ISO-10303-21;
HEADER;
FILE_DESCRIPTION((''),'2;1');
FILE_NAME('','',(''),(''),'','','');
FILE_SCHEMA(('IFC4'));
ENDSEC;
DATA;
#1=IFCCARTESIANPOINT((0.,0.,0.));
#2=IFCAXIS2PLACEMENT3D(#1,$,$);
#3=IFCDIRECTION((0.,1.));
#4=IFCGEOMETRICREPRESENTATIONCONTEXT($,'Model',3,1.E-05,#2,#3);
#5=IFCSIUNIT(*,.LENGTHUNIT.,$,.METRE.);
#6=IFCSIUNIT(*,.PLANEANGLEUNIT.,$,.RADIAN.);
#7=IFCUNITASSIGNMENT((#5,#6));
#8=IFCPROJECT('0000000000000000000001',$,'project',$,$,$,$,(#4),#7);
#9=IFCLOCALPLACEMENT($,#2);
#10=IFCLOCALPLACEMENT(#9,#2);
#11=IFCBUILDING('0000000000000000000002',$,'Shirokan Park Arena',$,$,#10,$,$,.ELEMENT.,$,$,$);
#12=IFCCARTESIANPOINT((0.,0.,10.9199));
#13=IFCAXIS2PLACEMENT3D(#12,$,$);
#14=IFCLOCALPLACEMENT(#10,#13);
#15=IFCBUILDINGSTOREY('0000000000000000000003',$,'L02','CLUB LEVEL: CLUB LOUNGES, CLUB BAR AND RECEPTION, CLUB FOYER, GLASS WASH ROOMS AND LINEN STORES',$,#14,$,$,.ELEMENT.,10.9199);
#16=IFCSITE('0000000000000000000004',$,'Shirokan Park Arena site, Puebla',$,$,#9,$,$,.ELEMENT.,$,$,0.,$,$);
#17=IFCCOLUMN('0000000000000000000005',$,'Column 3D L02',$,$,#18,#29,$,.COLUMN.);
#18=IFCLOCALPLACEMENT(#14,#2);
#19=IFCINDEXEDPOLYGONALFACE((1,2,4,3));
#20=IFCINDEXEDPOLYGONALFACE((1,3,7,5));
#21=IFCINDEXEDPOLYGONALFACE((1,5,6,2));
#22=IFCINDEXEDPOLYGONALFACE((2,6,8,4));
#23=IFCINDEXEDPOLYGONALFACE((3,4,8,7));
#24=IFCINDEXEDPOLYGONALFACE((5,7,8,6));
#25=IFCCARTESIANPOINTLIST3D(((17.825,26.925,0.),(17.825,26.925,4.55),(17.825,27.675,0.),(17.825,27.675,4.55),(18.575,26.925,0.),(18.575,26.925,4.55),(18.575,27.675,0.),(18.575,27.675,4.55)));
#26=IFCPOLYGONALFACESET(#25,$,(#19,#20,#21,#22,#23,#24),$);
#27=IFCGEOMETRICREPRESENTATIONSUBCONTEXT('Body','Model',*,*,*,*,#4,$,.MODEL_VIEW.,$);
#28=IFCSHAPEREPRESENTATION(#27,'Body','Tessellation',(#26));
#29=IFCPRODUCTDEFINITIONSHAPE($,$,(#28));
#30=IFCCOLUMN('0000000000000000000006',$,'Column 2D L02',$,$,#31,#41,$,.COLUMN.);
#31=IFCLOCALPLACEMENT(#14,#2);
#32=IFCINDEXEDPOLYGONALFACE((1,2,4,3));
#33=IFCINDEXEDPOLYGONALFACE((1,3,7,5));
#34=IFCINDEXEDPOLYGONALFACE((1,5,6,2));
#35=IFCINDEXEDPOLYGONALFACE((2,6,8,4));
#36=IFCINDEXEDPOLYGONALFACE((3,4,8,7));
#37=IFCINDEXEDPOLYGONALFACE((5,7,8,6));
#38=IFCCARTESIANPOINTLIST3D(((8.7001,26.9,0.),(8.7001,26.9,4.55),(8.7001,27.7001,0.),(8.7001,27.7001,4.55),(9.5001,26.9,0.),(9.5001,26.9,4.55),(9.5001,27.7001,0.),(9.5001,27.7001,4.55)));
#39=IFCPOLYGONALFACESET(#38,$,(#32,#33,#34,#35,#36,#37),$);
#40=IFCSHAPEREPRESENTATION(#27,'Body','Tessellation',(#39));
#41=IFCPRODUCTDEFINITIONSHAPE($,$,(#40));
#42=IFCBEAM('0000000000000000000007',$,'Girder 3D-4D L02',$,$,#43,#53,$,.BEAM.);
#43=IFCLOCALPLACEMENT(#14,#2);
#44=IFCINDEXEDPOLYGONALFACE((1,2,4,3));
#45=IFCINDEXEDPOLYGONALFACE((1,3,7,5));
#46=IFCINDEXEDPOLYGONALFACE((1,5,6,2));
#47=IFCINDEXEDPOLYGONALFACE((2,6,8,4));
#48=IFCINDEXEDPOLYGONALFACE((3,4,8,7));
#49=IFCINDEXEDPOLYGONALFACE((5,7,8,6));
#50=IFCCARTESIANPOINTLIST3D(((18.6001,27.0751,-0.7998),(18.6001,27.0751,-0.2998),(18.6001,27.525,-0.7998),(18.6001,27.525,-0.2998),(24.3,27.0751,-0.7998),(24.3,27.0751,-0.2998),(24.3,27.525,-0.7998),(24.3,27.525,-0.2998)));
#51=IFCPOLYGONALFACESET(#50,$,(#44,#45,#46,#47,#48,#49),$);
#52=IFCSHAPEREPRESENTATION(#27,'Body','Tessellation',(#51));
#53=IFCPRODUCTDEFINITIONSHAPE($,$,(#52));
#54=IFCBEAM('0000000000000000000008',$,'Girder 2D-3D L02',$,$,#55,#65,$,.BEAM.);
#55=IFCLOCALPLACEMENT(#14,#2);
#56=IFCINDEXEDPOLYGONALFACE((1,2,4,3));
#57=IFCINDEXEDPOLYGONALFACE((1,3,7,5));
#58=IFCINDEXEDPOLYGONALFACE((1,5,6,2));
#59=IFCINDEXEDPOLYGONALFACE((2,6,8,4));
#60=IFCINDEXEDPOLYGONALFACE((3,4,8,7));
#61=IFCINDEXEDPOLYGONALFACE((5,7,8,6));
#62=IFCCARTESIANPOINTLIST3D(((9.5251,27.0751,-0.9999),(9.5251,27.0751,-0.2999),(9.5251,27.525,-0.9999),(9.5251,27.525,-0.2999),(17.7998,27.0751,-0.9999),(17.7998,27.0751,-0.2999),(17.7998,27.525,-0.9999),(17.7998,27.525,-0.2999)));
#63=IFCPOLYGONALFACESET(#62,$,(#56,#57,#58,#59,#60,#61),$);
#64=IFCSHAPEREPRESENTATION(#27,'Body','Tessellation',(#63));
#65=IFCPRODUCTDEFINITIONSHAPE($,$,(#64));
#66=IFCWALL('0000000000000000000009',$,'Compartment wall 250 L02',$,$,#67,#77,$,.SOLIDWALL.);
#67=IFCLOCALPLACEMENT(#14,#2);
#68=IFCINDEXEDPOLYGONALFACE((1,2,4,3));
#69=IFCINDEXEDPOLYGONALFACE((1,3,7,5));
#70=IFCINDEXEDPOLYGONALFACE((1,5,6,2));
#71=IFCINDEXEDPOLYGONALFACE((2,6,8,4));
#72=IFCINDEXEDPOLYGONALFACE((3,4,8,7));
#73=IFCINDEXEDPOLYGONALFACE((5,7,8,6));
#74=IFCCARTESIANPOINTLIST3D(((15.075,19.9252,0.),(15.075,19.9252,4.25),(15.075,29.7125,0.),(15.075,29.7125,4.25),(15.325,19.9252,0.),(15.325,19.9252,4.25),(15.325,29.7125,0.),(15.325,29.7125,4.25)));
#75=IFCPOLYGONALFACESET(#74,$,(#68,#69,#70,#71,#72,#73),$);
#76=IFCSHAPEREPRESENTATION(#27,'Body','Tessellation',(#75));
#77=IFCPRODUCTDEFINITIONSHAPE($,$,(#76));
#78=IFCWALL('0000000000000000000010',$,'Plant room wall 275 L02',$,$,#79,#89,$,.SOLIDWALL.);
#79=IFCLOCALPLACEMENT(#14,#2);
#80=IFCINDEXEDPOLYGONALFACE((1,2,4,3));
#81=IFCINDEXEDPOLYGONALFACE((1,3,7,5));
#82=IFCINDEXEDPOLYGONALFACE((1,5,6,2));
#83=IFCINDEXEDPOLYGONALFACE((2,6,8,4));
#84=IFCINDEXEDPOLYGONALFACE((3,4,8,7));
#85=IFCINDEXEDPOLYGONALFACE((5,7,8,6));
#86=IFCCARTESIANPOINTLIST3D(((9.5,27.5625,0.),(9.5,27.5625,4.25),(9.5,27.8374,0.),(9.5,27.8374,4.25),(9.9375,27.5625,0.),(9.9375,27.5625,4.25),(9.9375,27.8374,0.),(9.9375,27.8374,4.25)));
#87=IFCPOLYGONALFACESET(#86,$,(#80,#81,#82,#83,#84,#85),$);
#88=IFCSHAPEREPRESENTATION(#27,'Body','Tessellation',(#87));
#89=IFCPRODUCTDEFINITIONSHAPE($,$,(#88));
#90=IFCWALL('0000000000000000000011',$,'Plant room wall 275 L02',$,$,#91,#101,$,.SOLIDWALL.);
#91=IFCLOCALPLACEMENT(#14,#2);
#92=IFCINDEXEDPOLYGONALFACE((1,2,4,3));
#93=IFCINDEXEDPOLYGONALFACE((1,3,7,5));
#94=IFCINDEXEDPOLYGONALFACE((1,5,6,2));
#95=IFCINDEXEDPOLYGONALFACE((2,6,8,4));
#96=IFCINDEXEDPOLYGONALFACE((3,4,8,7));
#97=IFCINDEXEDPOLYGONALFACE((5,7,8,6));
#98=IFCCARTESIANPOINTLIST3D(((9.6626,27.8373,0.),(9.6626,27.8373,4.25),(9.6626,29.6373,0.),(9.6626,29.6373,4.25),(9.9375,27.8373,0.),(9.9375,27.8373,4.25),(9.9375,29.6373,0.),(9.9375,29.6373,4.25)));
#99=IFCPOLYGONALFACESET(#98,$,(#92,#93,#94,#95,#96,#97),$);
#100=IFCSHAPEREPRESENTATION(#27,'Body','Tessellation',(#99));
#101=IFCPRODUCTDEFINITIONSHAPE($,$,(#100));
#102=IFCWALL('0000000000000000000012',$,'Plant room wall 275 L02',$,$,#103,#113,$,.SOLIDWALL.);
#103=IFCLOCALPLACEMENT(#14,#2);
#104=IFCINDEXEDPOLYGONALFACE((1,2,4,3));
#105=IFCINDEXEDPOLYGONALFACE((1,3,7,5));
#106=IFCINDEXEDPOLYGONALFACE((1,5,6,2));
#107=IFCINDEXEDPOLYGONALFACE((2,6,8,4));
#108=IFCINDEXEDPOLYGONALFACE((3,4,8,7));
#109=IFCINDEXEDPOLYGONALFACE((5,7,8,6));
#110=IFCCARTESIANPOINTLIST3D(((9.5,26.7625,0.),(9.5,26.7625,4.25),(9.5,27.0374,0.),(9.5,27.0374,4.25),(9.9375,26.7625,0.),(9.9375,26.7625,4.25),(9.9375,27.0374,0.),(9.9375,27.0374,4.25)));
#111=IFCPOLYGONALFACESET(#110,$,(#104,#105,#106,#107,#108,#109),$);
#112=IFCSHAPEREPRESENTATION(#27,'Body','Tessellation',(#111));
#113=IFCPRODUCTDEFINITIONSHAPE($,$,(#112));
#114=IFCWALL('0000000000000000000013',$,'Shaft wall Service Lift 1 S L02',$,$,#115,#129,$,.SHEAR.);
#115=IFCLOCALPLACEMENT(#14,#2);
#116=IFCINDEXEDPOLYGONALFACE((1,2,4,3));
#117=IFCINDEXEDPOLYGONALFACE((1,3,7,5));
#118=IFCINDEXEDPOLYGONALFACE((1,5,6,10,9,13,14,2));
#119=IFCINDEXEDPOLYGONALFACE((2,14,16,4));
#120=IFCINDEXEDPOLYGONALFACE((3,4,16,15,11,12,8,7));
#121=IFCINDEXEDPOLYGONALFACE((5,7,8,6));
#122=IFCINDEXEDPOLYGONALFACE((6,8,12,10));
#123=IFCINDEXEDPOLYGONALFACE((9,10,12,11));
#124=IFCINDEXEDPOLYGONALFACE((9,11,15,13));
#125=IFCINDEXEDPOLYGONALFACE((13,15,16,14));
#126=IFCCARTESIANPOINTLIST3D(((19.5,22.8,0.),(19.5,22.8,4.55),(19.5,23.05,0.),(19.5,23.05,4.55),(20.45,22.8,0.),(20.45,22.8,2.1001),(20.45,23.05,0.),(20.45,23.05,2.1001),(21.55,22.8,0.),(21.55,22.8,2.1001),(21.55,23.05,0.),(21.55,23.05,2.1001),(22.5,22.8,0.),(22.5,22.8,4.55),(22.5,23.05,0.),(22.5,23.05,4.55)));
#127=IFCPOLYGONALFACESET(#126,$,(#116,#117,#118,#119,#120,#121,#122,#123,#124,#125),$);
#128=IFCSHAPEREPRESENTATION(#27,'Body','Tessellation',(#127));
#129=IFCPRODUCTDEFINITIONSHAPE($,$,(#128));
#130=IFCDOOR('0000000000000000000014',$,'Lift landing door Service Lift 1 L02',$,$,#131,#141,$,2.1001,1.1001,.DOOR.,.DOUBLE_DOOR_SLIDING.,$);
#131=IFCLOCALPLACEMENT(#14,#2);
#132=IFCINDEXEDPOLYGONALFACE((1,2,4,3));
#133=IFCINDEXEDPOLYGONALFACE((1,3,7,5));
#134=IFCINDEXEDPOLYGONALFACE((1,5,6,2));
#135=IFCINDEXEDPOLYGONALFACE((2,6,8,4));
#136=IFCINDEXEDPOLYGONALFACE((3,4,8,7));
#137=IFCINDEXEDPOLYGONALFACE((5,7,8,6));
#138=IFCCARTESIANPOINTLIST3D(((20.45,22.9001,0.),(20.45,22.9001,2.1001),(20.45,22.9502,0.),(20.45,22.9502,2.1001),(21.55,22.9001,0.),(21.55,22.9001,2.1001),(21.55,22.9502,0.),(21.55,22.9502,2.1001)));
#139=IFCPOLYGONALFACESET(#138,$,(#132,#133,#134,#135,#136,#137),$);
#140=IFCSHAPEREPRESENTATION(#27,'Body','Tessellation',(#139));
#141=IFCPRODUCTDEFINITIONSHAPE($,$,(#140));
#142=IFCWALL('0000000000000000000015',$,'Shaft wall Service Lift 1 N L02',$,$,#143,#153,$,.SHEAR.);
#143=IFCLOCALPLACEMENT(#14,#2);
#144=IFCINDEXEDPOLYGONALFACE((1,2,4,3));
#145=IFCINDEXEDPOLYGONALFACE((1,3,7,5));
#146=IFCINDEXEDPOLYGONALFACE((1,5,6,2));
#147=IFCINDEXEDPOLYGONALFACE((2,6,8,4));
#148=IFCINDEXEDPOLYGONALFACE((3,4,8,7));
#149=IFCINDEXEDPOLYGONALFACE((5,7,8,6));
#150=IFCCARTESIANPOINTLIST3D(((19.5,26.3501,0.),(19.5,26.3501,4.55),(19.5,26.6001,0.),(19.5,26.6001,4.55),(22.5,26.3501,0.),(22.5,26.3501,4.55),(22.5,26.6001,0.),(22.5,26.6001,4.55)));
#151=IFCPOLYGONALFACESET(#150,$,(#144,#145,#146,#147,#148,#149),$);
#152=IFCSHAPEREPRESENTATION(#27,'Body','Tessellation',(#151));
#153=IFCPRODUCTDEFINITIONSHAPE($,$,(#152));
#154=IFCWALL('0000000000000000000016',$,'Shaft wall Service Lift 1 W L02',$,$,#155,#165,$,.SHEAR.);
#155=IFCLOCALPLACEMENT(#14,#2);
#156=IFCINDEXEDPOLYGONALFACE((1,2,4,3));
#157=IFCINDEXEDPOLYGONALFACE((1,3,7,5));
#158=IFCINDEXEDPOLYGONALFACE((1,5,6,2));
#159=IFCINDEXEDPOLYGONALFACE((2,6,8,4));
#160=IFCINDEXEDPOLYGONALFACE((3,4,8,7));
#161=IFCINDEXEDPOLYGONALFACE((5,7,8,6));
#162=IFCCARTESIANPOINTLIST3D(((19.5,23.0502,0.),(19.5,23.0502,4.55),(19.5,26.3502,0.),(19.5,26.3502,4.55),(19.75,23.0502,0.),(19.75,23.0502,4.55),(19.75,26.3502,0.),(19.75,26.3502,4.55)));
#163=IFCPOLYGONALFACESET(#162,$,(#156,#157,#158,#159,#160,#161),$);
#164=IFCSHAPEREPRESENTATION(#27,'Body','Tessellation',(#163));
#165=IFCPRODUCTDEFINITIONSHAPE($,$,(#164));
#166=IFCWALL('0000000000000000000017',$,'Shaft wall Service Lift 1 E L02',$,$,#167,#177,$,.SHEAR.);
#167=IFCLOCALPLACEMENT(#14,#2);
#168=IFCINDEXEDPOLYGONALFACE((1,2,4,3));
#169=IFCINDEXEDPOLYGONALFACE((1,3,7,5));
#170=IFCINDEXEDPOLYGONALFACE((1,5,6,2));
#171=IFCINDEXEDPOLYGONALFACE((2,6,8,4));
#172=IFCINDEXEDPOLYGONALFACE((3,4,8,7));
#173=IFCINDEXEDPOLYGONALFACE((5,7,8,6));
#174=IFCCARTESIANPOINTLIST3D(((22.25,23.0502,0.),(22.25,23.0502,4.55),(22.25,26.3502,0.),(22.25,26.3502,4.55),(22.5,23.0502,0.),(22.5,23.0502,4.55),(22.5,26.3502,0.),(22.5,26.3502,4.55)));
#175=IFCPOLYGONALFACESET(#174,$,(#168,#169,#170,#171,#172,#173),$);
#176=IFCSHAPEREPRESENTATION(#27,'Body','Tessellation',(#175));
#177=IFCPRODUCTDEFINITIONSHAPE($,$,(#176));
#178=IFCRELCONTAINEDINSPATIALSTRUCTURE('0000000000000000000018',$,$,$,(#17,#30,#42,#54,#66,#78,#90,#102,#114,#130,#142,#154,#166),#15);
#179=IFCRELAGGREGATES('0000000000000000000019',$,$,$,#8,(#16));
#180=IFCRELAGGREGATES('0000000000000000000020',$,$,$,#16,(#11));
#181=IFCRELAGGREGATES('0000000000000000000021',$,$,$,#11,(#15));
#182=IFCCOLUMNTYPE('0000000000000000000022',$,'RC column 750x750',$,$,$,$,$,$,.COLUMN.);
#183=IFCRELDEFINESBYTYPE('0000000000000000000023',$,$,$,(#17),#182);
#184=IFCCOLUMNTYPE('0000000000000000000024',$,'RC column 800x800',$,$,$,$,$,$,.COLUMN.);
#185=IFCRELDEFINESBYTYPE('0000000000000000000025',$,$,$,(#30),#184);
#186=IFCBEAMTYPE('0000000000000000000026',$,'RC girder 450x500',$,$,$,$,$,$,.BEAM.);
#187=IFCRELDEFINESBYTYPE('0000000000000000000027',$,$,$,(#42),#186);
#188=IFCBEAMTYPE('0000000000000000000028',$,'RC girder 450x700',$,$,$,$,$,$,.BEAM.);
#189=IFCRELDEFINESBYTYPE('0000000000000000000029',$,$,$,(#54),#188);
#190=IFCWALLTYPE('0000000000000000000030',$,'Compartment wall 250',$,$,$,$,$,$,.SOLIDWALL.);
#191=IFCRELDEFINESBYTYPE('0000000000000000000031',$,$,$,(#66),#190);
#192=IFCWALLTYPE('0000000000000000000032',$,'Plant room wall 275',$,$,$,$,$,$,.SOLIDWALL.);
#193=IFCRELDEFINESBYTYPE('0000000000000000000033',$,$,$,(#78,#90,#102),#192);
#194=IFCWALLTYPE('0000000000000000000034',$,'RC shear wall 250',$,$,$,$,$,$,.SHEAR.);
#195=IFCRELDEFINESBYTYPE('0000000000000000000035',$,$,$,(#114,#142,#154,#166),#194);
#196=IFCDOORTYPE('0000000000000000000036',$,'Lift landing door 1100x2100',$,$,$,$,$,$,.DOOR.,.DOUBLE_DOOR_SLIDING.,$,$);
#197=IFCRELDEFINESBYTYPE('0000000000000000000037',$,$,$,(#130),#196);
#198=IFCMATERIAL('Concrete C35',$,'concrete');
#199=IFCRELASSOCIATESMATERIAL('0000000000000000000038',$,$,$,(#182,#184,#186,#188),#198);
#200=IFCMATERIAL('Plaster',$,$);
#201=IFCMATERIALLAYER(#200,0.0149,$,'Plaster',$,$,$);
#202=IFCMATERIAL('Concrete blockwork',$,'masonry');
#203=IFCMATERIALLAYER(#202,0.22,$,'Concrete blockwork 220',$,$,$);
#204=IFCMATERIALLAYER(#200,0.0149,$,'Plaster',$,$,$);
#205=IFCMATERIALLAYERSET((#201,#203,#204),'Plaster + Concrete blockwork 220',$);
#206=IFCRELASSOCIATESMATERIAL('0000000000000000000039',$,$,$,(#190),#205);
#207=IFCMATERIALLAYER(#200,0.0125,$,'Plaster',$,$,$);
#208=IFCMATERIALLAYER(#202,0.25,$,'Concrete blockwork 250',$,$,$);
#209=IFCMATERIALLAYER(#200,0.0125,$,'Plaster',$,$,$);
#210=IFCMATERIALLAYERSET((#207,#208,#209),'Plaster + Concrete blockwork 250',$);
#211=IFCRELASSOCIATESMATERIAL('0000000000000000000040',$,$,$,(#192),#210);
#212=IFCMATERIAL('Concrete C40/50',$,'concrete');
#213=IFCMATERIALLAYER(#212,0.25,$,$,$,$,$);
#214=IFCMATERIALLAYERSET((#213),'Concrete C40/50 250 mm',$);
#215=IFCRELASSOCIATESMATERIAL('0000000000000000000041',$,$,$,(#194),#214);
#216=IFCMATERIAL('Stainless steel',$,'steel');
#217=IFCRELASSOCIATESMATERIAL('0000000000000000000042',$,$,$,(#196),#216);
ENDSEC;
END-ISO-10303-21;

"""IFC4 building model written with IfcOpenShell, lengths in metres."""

from ifc_helpers import new_model, si_unit, direction, frame, frame_2d, origin, origin_2d, place, context, subcontext, project, spatial, rectangle, extrude, material, layer, layer_set, material_profile, profile_set, type_object, element, fill, save


model = new_model("IFC4")

# Units and contexts
model_context = context("Model", 3, precision=1e-05, world=origin(), true_north=direction((0.0, 1.0)))
body_context = subcontext(model_context, "Body", "Model", "MODEL_VIEW")
ifc_project = project(units=[si_unit("LENGTHUNIT", "METRE"), si_unit("PLANEANGLEUNIT", "RADIAN")], contexts=[model_context])

# Site, building, storey
site_placement = place(None, origin())
site = spatial("IfcSite", under=ifc_project, at=site_placement, Name="Shirokan Park Arena site, Puebla", CompositionType="ELEMENT", RefElevation=0.0)
building_placement = place(site_placement, origin())
building = spatial("IfcBuilding", under=site, at=building_placement, Name="Shirokan Park Arena", CompositionType="ELEMENT")
storey_placement = place(building_placement, frame((0.0, 0.0, 10.9199)))
storey = spatial("IfcBuildingStorey", under=building, at=storey_placement, Name="L02", Description="CLUB LEVEL: CLUB LOUNGES, CLUB BAR AND RECEPTION, CLUB FOYER, GLASS WASH ROOMS AND LINEN STORES", CompositionType="ELEMENT", Elevation=10.9199)

# Columns
ifc_material_1 = material(Name="Concrete C35", Category="concrete")
ifc_material_profile_1 = material_profile(ifc_material_1, rectangle(XDim=0.75, YDim=0.75, at=origin_2d()), Name="750x750")
ifc_profile_set_1 = profile_set([ifc_material_profile_1], Name="Concrete C35")
column_type_1 = type_object("IfcColumnType", Name="RC column 750x750", PredefinedType="COLUMN", material=ifc_profile_set_1)
column_1_placement = place(storey_placement, frame((18.2, 27.3, 0.0), z_axis=(0.0, 0.0, 1.0), x_axis=(1.0, 0.0, 0.0)))
element("IfcColumn", 1, at=column_1_placement, inside=storey, type_object=column_type_1, Name="Column 3D L02", PredefinedType="COLUMN", context=body_context, shape_type="SweptSolid", body=[
    extrude(rectangle(XDim=0.75, YDim=0.75, at=origin_2d()), origin(), (0.0, 0.0, 1.0), 4.55),
])
ifc_material_profile_2 = material_profile(ifc_material_1, rectangle(XDim=0.8, YDim=0.8, at=origin_2d()), Name="800x800")
ifc_profile_set_2 = profile_set([ifc_material_profile_2], Name="Concrete C35")
column_type_2 = type_object("IfcColumnType", Name="RC column 800x800", PredefinedType="COLUMN", material=ifc_profile_set_2)
column_2_placement = place(storey_placement, frame((9.1001, 27.3, 0.0), z_axis=(0.0, 0.0, 1.0), x_axis=(1.0, 0.0, 0.0)))
element("IfcColumn", 2, at=column_2_placement, inside=storey, type_object=column_type_2, Name="Column 2D L02", PredefinedType="COLUMN", context=body_context, shape_type="SweptSolid", body=[
    extrude(rectangle(XDim=0.8, YDim=0.8, at=origin_2d()), origin(), (0.0, 0.0, 1.0), 4.55),
])

# Beams
ifc_material_profile_3 = material_profile(ifc_material_1, rectangle(XDim=0.45, YDim=0.5, at=origin_2d()), Name="450x500")
ifc_profile_set_3 = profile_set([ifc_material_profile_3], Name="Concrete C35")
beam_type_1 = type_object("IfcBeamType", Name="RC girder 450x500", PredefinedType="BEAM", material=ifc_profile_set_3)
beam_1_placement = place(storey_placement, frame((18.6001, 27.3, -0.5498), z_axis=(1.0, 0.0, 0.0), x_axis=(0.0, 1.0, 0.0)))
element("IfcBeam", 3, at=beam_1_placement, inside=storey, type_object=beam_type_1, Name="Girder 3D-4D L02", PredefinedType="BEAM", context=body_context, shape_type="SweptSolid", body=[
    extrude(rectangle(XDim=0.45, YDim=0.5, at=origin_2d()), origin(), (0.0, 0.0, 1.0), 5.7),
])
ifc_material_profile_4 = material_profile(ifc_material_1, rectangle(XDim=0.45, YDim=0.7, at=origin_2d()), Name="450x700")
ifc_profile_set_4 = profile_set([ifc_material_profile_4], Name="Concrete C35")
beam_type_2 = type_object("IfcBeamType", Name="RC girder 450x700", PredefinedType="BEAM", material=ifc_profile_set_4)
beam_2_placement = place(storey_placement, frame((9.5251, 27.3, -0.6499), z_axis=(1.0, 0.0, 0.0), x_axis=(0.0, 1.0, 0.0)))
element("IfcBeam", 4, at=beam_2_placement, inside=storey, type_object=beam_type_2, Name="Girder 2D-3D L02", PredefinedType="BEAM", context=body_context, shape_type="SweptSolid", body=[
    extrude(rectangle(XDim=0.45, YDim=0.7, at=origin_2d()), origin(), (0.0, 0.0, 1.0), 8.2747),
])

# Walls
ifc_material_2 = material(Name="Plaster")
ifc_layer_1 = layer(ifc_material_2, 0.0149, Name="Plaster")
ifc_material_3 = material(Name="Concrete blockwork", Category="masonry")
ifc_layer_2 = layer(ifc_material_3, 0.22, Name="Concrete blockwork 220")
ifc_layer_3 = layer(ifc_material_2, 0.0149, Name="Plaster")
ifc_layer_set_1 = layer_set([ifc_layer_1, ifc_layer_2, ifc_layer_3], Name="Plaster + Concrete blockwork 220")
wall_type_1 = type_object("IfcWallType", Name="Compartment wall 250", PredefinedType="SOLIDWALL", material=ifc_layer_set_1)
wall_1_placement = place(storey_placement, frame((15.2, 29.7124, 0.0), z_axis=(0.0, 0.0, 1.0), x_axis=(0.0, -1.0, 0.0)))
element("IfcWall", 5, at=wall_1_placement, inside=storey, type_object=wall_type_1, Name="Compartment wall 250 L02", PredefinedType="SOLIDWALL", context=body_context, shape_type="SweptSolid", body=[
    extrude(rectangle(XDim=9.7874, YDim=0.25, at=frame_2d((4.8936, 0.0))), origin(), (0.0, 0.0, 1.0), 4.25),
])
ifc_layer_4 = layer(ifc_material_2, 0.0125, Name="Plaster")
ifc_layer_5 = layer(ifc_material_3, 0.25, Name="Concrete blockwork 250")
ifc_layer_6 = layer(ifc_material_2, 0.0125, Name="Plaster")
ifc_layer_set_2 = layer_set([ifc_layer_4, ifc_layer_5, ifc_layer_6], Name="Plaster + Concrete blockwork 250")
wall_type_2 = type_object("IfcWallType", Name="Plant room wall 275", PredefinedType="SOLIDWALL", material=ifc_layer_set_2)
wall_2_placement = place(storey_placement, frame((9.5, 27.7, 0.0), z_axis=(0.0, 0.0, 1.0), x_axis=(1.0, 0.0, 0.0)))
element("IfcWall", 6, at=wall_2_placement, inside=storey, type_object=wall_type_2, Name="Plant room wall 275 L02", PredefinedType="SOLIDWALL", context=body_context, shape_type="SweptSolid", body=[
    extrude(rectangle(XDim=0.4375, YDim=0.2749, at=frame_2d((0.2188, 0.0))), origin(), (0.0, 0.0, 1.0), 4.25),
])
wall_3_placement = place(storey_placement, frame((9.8, 27.8374, 0.0), z_axis=(0.0, 0.0, 1.0), x_axis=(0.0, 1.0, 0.0)))
element("IfcWall", 7, at=wall_3_placement, inside=storey, type_object=wall_type_2, Name="Plant room wall 275 L02", PredefinedType="SOLIDWALL", context=body_context, shape_type="SweptSolid", body=[
    extrude(rectangle(XDim=1.8, YDim=0.2749, at=frame_2d((0.8999, 0.0))), origin(), (0.0, 0.0, 1.0), 4.25),
])
wall_4_placement = place(storey_placement, frame((9.9375, 26.8999, 0.0), z_axis=(0.0, 0.0, 1.0), x_axis=(-1.0, 0.0, 0.0)))
element("IfcWall", 8, at=wall_4_placement, inside=storey, type_object=wall_type_2, Name="Plant room wall 275 L02", PredefinedType="SOLIDWALL", context=body_context, shape_type="SweptSolid", body=[
    extrude(rectangle(XDim=0.4375, YDim=0.2749, at=frame_2d((0.2188, 0.0))), origin(), (0.0, 0.0, 1.0), 4.25),
])

# Wall, opening, door
ifc_material_4 = material(Name="Concrete C40/50", Category="concrete")
ifc_layer_7 = layer(ifc_material_4, 0.25)
ifc_layer_set_3 = layer_set([ifc_layer_7], Name="Concrete C40/50 250 mm")
wall_type_3 = type_object("IfcWallType", Name="RC shear wall 250", PredefinedType="SHEAR", material=ifc_layer_set_3)
wall_5_placement = place(storey_placement, frame((22.5, 22.925, 0.0), z_axis=(0.0, 0.0, 1.0), x_axis=(-1.0, 0.0, 0.0)))
wall_5 = element("IfcWall", 9, at=wall_5_placement, inside=storey, type_object=wall_type_3, Name="Shaft wall Service Lift 1 S L02", PredefinedType="SHEAR", context=body_context, shape_type="SweptSolid", body=[
    extrude(rectangle(XDim=3.0, YDim=0.25, at=frame_2d((1.5, 0.0))), origin(), (0.0, 0.0, 1.0), 4.55),
])
opening_placement = place(wall_5_placement, frame((0.95, 0.0, 0.0)))
opening = element("IfcOpeningElement", 10, at=opening_placement, cuts=wall_5, PredefinedType="OPENING", context=body_context, shape_type="SweptSolid", body=[
    extrude(rectangle(XDim=1.1001, YDim=2.1001, at=frame_2d((0.55, 1.05))), frame((0.0, 0.135, 0.0), z_axis=(0.0, -1.0, 0.0), x_axis=(1.0, 0.0, 0.0)), (0.0, 0.0, 1.0), 0.27),
])
ifc_material_5 = material(Name="Stainless steel", Category="steel")
door_type = type_object("IfcDoorType", Name="Lift landing door 1100x2100", OperationType="DOUBLE_DOOR_SLIDING", PredefinedType="DOOR", material=ifc_material_5)
door_placement = place(opening_placement, origin())
door = element("IfcDoor", 11, at=door_placement, inside=storey, type_object=door_type, Name="Lift landing door Service Lift 1 L02", OperationType="DOUBLE_DOOR_SLIDING", OverallHeight=2.1001, OverallWidth=1.1001, PredefinedType="DOOR", context=body_context, shape_type="SweptSolid", body=[
    extrude(rectangle(XDim=1.1001, YDim=2.1001, at=frame_2d((0.55, 1.05))), frame((0.0, 0.0249, 0.0), z_axis=(0.0, -1.0, 0.0), x_axis=(1.0, 0.0, 0.0)), (0.0, 0.0, 1.0), 0.05),
])
fill(opening, door)

# Walls
wall_6_placement = place(storey_placement, frame((22.5, 26.4751, 0.0), z_axis=(0.0, 0.0, 1.0), x_axis=(-1.0, 0.0, 0.0)))
element("IfcWall", 12, at=wall_6_placement, inside=storey, type_object=wall_type_3, Name="Shaft wall Service Lift 1 N L02", PredefinedType="SHEAR", context=body_context, shape_type="SweptSolid", body=[
    extrude(rectangle(XDim=3.0, YDim=0.25, at=frame_2d((1.5, 0.0))), origin(), (0.0, 0.0, 1.0), 4.55),
])
for number, where, z_axis, x_axis, name in (
    (13, (19.625, 26.3501, 0.0), (0.0, 0.0, 1.0), (0.0, -1.0, 0.0), "Shaft wall Service Lift 1 W L02"),
    (14, (22.375, 26.3501, 0.0), (0.0, 0.0, 1.0), (0.0, -1.0, 0.0), "Shaft wall Service Lift 1 E L02"),
):
    element("IfcWall", number, at=place(storey_placement, frame(where, z_axis=z_axis, x_axis=x_axis)), inside=storey, type_object=wall_type_3, Name=name, PredefinedType="SHEAR", context=body_context, shape_type="SweptSolid", body=[
        extrude(rectangle(XDim=3.3, YDim=0.25, at=frame_2d((1.6499, 0.0))), origin(), (0.0, 0.0, 1.0), 4.55),
    ])

save(model, "model.ifc")
